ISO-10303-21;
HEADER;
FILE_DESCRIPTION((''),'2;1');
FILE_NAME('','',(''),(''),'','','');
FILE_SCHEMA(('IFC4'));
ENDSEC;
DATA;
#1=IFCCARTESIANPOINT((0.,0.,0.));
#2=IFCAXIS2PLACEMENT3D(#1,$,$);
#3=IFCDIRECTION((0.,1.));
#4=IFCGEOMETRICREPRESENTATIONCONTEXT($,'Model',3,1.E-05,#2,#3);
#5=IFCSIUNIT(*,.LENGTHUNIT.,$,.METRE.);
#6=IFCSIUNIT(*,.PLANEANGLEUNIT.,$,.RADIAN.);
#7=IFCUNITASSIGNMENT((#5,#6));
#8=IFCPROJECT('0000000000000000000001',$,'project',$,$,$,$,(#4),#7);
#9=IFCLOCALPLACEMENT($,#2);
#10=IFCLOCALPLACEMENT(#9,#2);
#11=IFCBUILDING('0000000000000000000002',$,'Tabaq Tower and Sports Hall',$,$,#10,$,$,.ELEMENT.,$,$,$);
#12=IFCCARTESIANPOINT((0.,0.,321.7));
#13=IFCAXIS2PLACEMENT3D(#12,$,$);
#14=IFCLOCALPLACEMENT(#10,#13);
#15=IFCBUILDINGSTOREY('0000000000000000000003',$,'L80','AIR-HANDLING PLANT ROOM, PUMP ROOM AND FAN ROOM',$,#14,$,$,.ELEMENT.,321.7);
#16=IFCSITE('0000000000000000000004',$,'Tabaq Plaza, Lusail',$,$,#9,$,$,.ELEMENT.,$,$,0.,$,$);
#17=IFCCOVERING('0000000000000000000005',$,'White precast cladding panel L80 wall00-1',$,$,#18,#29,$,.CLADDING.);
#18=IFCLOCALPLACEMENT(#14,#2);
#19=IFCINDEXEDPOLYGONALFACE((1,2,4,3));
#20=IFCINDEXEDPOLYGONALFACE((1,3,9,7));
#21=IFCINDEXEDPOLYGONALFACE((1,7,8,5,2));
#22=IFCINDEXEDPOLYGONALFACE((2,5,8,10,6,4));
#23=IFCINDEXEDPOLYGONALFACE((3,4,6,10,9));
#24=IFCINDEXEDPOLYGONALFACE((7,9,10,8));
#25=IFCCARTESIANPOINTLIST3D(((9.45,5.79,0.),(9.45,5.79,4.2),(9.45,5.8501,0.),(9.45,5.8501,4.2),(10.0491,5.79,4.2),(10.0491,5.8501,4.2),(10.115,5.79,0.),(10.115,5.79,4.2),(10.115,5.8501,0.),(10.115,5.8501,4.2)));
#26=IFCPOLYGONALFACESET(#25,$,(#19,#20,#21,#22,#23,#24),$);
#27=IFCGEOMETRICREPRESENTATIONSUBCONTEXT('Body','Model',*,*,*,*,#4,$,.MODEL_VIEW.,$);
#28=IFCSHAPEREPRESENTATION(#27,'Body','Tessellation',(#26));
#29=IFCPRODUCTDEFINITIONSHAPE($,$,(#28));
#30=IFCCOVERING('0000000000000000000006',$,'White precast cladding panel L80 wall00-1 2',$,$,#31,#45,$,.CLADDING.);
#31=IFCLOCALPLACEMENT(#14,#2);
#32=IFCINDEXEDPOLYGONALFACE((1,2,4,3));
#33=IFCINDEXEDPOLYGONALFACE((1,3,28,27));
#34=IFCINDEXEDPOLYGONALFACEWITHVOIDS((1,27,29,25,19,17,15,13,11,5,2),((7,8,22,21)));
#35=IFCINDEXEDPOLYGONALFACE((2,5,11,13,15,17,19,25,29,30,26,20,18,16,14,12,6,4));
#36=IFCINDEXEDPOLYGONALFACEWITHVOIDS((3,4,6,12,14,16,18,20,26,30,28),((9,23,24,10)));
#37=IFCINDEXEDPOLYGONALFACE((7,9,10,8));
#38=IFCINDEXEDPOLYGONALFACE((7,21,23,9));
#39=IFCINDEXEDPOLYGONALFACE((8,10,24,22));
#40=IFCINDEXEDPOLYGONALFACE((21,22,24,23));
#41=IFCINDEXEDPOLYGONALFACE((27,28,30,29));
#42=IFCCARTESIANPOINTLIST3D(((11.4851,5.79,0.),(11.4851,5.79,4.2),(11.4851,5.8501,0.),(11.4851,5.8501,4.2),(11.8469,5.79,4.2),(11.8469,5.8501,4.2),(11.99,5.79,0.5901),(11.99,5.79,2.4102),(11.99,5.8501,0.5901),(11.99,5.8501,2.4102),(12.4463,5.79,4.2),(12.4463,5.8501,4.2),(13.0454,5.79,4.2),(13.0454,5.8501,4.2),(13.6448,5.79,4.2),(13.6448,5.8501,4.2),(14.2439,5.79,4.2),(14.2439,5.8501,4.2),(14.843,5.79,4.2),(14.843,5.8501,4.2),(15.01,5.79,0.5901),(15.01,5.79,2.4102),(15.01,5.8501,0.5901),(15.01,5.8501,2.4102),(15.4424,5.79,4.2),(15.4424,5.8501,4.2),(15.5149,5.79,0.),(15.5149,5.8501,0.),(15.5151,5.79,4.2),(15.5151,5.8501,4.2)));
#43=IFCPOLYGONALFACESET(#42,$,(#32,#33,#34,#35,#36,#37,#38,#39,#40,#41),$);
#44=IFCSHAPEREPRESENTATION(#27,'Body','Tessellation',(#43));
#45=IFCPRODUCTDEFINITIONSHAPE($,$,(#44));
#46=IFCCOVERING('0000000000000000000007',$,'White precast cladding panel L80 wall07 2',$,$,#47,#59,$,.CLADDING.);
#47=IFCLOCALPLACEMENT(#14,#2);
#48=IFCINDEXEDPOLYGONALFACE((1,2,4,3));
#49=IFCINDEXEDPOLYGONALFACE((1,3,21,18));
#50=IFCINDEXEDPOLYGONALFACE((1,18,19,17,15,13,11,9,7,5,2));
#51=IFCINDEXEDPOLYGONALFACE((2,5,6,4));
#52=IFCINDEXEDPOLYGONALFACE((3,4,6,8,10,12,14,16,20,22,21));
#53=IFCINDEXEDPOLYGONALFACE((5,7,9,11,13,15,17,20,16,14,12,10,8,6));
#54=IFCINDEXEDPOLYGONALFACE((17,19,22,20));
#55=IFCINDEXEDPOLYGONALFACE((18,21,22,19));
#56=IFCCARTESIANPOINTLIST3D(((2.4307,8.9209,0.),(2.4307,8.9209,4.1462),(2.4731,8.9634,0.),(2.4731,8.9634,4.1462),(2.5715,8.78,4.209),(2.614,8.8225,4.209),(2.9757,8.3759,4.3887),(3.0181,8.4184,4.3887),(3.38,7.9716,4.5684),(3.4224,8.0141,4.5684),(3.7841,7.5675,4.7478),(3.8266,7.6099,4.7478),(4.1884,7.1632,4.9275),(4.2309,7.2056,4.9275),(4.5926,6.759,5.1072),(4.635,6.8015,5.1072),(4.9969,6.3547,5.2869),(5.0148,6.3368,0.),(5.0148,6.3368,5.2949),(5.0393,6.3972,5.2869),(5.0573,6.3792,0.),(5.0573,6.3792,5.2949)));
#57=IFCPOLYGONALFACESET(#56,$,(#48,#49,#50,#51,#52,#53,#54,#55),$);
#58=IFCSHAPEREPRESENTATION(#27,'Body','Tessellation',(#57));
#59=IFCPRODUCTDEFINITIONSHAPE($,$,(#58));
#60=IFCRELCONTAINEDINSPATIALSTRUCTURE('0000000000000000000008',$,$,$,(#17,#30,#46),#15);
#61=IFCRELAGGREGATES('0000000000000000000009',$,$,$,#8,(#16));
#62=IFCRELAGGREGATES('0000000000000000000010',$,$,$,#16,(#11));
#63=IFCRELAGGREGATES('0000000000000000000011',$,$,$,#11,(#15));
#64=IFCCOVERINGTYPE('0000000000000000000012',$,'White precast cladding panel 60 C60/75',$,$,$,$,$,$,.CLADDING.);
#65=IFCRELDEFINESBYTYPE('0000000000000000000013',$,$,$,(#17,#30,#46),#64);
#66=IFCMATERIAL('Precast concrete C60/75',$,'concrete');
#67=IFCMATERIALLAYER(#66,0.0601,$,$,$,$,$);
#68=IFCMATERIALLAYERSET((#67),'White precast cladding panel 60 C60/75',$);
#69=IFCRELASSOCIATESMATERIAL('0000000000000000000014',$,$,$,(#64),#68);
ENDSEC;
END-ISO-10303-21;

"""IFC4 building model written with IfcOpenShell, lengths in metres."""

from ifc_helpers import new_model, si_unit, direction, frame, origin, place, context, subcontext, project, spatial, polyline, outline, extrude, material, layer, layer_set, type_object, element, save


model = new_model("IFC4")

# Units and contexts
model_context = context("Model", 3, precision=1e-05, world=origin(), true_north=direction((0.0, 1.0)))
body_context = subcontext(model_context, "Body", "Model", "MODEL_VIEW")
ifc_project = project(units=[si_unit("LENGTHUNIT", "METRE"), si_unit("PLANEANGLEUNIT", "RADIAN")], contexts=[model_context])

# Site, building, storey
site_placement = place(None, origin())
site = spatial("IfcSite", under=ifc_project, at=site_placement, Name="Tabaq Plaza, Lusail", CompositionType="ELEMENT", RefElevation=0.0)
building_placement = place(site_placement, origin())
building = spatial("IfcBuilding", under=site, at=building_placement, Name="Tabaq Tower and Sports Hall", CompositionType="ELEMENT")
storey_placement = place(building_placement, frame((0.0, 0.0, 321.7)))
storey = spatial("IfcBuildingStorey", under=building, at=storey_placement, Name="L80", Description="AIR-HANDLING PLANT ROOM, PUMP ROOM AND FAN ROOM", CompositionType="ELEMENT", Elevation=321.7)

# Coverings
ifc_material_1 = material(Name="Precast concrete C60/75", Category="concrete")
ifc_layer_1 = layer(ifc_material_1, 0.0601)
ifc_layer_set_1 = layer_set([ifc_layer_1], Name="White precast cladding panel 60 C60/75")
covering_type_1 = type_object("IfcCoveringType", Name="White precast cladding panel 60 C60/75", PredefinedType="CLADDING", material=ifc_layer_set_1)
covering_1_placement = place(storey_placement, frame((9.45, 5.8201, 0.0), z_axis=(0.0, 0.0, 1.0), x_axis=(1.0, 0.0, 0.0)))
element("IfcCovering", 1, at=covering_1_placement, inside=storey, type_object=covering_type_1, Name="White precast cladding panel L80 wall00-1", PredefinedType="CLADDING", context=body_context, shape_type="SweptSolid", body=[
    extrude(outline(polyline([(0.0, 0.0), (0.665, 0.0), (0.665, 4.2), (0.5991, 4.2), (0.0, 4.2), (0.0, 0.0)])), frame((0.0, 0.03, 0.0), z_axis=(0.0, -1.0, 0.0), x_axis=(1.0, 0.0, 0.0)), (0.0, 0.0, 1.0), 0.0601),
])
covering_2_placement = place(storey_placement, frame((11.4851, 5.8201, 0.0), z_axis=(0.0, 0.0, 1.0), x_axis=(1.0, 0.0, 0.0)))
element("IfcCovering", 2, at=covering_2_placement, inside=storey, type_object=covering_type_1, Name="White precast cladding panel L80 wall00-1 2", PredefinedType="CLADDING", context=body_context, shape_type="SweptSolid", body=[
    extrude(outline(polyline([(0.0, 0.0), (4.0298, 0.0), (4.03, 4.2), (3.9573, 4.2), (3.3579, 4.2), (2.7588, 4.2), (2.1597, 4.2), (1.5603, 4.2), (0.9612, 4.2), (0.3618, 4.2), (0.0, 4.2), (0.0, 0.0)]), holes=[polyline([(0.5049, 0.5901), (0.5049, 2.4102), (3.5249, 2.4102), (3.5249, 0.5901), (0.5049, 0.5901)])]), frame((0.0, 0.03, 0.0), z_axis=(0.0, -1.0, 0.0), x_axis=(1.0, 0.0, 0.0)), (0.0, 0.0, 1.0), 0.0601),
])
covering_3_placement = place(storey_placement, frame((2.4519, 8.9421, 0.0), z_axis=(0.0, 0.0, 1.0), x_axis=(0.707107, -0.707107, 0.0)))
element("IfcCovering", 3, at=covering_3_placement, inside=storey, type_object=covering_type_1, Name="White precast cladding panel L80 wall07 2", PredefinedType="CLADDING", context=body_context, shape_type="SweptSolid", body=[
    extrude(outline(polyline([(0.0, 0.0), (3.6545, 0.0), (3.6545, 5.2949), (3.6292, 5.2869), (3.0574, 5.1072), (2.4858, 4.9275), (1.9141, 4.7478), (1.3425, 4.5684), (0.7708, 4.3887), (0.1992, 4.209), (0.0, 4.1462), (0.0, 0.0)])), frame((0.0, 0.03, 0.0), z_axis=(0.0, -1.0, 0.0), x_axis=(1.0, 0.0, 0.0)), (0.0, 0.0, 1.0), 0.0601),
])

save(model, "model.ifc")
